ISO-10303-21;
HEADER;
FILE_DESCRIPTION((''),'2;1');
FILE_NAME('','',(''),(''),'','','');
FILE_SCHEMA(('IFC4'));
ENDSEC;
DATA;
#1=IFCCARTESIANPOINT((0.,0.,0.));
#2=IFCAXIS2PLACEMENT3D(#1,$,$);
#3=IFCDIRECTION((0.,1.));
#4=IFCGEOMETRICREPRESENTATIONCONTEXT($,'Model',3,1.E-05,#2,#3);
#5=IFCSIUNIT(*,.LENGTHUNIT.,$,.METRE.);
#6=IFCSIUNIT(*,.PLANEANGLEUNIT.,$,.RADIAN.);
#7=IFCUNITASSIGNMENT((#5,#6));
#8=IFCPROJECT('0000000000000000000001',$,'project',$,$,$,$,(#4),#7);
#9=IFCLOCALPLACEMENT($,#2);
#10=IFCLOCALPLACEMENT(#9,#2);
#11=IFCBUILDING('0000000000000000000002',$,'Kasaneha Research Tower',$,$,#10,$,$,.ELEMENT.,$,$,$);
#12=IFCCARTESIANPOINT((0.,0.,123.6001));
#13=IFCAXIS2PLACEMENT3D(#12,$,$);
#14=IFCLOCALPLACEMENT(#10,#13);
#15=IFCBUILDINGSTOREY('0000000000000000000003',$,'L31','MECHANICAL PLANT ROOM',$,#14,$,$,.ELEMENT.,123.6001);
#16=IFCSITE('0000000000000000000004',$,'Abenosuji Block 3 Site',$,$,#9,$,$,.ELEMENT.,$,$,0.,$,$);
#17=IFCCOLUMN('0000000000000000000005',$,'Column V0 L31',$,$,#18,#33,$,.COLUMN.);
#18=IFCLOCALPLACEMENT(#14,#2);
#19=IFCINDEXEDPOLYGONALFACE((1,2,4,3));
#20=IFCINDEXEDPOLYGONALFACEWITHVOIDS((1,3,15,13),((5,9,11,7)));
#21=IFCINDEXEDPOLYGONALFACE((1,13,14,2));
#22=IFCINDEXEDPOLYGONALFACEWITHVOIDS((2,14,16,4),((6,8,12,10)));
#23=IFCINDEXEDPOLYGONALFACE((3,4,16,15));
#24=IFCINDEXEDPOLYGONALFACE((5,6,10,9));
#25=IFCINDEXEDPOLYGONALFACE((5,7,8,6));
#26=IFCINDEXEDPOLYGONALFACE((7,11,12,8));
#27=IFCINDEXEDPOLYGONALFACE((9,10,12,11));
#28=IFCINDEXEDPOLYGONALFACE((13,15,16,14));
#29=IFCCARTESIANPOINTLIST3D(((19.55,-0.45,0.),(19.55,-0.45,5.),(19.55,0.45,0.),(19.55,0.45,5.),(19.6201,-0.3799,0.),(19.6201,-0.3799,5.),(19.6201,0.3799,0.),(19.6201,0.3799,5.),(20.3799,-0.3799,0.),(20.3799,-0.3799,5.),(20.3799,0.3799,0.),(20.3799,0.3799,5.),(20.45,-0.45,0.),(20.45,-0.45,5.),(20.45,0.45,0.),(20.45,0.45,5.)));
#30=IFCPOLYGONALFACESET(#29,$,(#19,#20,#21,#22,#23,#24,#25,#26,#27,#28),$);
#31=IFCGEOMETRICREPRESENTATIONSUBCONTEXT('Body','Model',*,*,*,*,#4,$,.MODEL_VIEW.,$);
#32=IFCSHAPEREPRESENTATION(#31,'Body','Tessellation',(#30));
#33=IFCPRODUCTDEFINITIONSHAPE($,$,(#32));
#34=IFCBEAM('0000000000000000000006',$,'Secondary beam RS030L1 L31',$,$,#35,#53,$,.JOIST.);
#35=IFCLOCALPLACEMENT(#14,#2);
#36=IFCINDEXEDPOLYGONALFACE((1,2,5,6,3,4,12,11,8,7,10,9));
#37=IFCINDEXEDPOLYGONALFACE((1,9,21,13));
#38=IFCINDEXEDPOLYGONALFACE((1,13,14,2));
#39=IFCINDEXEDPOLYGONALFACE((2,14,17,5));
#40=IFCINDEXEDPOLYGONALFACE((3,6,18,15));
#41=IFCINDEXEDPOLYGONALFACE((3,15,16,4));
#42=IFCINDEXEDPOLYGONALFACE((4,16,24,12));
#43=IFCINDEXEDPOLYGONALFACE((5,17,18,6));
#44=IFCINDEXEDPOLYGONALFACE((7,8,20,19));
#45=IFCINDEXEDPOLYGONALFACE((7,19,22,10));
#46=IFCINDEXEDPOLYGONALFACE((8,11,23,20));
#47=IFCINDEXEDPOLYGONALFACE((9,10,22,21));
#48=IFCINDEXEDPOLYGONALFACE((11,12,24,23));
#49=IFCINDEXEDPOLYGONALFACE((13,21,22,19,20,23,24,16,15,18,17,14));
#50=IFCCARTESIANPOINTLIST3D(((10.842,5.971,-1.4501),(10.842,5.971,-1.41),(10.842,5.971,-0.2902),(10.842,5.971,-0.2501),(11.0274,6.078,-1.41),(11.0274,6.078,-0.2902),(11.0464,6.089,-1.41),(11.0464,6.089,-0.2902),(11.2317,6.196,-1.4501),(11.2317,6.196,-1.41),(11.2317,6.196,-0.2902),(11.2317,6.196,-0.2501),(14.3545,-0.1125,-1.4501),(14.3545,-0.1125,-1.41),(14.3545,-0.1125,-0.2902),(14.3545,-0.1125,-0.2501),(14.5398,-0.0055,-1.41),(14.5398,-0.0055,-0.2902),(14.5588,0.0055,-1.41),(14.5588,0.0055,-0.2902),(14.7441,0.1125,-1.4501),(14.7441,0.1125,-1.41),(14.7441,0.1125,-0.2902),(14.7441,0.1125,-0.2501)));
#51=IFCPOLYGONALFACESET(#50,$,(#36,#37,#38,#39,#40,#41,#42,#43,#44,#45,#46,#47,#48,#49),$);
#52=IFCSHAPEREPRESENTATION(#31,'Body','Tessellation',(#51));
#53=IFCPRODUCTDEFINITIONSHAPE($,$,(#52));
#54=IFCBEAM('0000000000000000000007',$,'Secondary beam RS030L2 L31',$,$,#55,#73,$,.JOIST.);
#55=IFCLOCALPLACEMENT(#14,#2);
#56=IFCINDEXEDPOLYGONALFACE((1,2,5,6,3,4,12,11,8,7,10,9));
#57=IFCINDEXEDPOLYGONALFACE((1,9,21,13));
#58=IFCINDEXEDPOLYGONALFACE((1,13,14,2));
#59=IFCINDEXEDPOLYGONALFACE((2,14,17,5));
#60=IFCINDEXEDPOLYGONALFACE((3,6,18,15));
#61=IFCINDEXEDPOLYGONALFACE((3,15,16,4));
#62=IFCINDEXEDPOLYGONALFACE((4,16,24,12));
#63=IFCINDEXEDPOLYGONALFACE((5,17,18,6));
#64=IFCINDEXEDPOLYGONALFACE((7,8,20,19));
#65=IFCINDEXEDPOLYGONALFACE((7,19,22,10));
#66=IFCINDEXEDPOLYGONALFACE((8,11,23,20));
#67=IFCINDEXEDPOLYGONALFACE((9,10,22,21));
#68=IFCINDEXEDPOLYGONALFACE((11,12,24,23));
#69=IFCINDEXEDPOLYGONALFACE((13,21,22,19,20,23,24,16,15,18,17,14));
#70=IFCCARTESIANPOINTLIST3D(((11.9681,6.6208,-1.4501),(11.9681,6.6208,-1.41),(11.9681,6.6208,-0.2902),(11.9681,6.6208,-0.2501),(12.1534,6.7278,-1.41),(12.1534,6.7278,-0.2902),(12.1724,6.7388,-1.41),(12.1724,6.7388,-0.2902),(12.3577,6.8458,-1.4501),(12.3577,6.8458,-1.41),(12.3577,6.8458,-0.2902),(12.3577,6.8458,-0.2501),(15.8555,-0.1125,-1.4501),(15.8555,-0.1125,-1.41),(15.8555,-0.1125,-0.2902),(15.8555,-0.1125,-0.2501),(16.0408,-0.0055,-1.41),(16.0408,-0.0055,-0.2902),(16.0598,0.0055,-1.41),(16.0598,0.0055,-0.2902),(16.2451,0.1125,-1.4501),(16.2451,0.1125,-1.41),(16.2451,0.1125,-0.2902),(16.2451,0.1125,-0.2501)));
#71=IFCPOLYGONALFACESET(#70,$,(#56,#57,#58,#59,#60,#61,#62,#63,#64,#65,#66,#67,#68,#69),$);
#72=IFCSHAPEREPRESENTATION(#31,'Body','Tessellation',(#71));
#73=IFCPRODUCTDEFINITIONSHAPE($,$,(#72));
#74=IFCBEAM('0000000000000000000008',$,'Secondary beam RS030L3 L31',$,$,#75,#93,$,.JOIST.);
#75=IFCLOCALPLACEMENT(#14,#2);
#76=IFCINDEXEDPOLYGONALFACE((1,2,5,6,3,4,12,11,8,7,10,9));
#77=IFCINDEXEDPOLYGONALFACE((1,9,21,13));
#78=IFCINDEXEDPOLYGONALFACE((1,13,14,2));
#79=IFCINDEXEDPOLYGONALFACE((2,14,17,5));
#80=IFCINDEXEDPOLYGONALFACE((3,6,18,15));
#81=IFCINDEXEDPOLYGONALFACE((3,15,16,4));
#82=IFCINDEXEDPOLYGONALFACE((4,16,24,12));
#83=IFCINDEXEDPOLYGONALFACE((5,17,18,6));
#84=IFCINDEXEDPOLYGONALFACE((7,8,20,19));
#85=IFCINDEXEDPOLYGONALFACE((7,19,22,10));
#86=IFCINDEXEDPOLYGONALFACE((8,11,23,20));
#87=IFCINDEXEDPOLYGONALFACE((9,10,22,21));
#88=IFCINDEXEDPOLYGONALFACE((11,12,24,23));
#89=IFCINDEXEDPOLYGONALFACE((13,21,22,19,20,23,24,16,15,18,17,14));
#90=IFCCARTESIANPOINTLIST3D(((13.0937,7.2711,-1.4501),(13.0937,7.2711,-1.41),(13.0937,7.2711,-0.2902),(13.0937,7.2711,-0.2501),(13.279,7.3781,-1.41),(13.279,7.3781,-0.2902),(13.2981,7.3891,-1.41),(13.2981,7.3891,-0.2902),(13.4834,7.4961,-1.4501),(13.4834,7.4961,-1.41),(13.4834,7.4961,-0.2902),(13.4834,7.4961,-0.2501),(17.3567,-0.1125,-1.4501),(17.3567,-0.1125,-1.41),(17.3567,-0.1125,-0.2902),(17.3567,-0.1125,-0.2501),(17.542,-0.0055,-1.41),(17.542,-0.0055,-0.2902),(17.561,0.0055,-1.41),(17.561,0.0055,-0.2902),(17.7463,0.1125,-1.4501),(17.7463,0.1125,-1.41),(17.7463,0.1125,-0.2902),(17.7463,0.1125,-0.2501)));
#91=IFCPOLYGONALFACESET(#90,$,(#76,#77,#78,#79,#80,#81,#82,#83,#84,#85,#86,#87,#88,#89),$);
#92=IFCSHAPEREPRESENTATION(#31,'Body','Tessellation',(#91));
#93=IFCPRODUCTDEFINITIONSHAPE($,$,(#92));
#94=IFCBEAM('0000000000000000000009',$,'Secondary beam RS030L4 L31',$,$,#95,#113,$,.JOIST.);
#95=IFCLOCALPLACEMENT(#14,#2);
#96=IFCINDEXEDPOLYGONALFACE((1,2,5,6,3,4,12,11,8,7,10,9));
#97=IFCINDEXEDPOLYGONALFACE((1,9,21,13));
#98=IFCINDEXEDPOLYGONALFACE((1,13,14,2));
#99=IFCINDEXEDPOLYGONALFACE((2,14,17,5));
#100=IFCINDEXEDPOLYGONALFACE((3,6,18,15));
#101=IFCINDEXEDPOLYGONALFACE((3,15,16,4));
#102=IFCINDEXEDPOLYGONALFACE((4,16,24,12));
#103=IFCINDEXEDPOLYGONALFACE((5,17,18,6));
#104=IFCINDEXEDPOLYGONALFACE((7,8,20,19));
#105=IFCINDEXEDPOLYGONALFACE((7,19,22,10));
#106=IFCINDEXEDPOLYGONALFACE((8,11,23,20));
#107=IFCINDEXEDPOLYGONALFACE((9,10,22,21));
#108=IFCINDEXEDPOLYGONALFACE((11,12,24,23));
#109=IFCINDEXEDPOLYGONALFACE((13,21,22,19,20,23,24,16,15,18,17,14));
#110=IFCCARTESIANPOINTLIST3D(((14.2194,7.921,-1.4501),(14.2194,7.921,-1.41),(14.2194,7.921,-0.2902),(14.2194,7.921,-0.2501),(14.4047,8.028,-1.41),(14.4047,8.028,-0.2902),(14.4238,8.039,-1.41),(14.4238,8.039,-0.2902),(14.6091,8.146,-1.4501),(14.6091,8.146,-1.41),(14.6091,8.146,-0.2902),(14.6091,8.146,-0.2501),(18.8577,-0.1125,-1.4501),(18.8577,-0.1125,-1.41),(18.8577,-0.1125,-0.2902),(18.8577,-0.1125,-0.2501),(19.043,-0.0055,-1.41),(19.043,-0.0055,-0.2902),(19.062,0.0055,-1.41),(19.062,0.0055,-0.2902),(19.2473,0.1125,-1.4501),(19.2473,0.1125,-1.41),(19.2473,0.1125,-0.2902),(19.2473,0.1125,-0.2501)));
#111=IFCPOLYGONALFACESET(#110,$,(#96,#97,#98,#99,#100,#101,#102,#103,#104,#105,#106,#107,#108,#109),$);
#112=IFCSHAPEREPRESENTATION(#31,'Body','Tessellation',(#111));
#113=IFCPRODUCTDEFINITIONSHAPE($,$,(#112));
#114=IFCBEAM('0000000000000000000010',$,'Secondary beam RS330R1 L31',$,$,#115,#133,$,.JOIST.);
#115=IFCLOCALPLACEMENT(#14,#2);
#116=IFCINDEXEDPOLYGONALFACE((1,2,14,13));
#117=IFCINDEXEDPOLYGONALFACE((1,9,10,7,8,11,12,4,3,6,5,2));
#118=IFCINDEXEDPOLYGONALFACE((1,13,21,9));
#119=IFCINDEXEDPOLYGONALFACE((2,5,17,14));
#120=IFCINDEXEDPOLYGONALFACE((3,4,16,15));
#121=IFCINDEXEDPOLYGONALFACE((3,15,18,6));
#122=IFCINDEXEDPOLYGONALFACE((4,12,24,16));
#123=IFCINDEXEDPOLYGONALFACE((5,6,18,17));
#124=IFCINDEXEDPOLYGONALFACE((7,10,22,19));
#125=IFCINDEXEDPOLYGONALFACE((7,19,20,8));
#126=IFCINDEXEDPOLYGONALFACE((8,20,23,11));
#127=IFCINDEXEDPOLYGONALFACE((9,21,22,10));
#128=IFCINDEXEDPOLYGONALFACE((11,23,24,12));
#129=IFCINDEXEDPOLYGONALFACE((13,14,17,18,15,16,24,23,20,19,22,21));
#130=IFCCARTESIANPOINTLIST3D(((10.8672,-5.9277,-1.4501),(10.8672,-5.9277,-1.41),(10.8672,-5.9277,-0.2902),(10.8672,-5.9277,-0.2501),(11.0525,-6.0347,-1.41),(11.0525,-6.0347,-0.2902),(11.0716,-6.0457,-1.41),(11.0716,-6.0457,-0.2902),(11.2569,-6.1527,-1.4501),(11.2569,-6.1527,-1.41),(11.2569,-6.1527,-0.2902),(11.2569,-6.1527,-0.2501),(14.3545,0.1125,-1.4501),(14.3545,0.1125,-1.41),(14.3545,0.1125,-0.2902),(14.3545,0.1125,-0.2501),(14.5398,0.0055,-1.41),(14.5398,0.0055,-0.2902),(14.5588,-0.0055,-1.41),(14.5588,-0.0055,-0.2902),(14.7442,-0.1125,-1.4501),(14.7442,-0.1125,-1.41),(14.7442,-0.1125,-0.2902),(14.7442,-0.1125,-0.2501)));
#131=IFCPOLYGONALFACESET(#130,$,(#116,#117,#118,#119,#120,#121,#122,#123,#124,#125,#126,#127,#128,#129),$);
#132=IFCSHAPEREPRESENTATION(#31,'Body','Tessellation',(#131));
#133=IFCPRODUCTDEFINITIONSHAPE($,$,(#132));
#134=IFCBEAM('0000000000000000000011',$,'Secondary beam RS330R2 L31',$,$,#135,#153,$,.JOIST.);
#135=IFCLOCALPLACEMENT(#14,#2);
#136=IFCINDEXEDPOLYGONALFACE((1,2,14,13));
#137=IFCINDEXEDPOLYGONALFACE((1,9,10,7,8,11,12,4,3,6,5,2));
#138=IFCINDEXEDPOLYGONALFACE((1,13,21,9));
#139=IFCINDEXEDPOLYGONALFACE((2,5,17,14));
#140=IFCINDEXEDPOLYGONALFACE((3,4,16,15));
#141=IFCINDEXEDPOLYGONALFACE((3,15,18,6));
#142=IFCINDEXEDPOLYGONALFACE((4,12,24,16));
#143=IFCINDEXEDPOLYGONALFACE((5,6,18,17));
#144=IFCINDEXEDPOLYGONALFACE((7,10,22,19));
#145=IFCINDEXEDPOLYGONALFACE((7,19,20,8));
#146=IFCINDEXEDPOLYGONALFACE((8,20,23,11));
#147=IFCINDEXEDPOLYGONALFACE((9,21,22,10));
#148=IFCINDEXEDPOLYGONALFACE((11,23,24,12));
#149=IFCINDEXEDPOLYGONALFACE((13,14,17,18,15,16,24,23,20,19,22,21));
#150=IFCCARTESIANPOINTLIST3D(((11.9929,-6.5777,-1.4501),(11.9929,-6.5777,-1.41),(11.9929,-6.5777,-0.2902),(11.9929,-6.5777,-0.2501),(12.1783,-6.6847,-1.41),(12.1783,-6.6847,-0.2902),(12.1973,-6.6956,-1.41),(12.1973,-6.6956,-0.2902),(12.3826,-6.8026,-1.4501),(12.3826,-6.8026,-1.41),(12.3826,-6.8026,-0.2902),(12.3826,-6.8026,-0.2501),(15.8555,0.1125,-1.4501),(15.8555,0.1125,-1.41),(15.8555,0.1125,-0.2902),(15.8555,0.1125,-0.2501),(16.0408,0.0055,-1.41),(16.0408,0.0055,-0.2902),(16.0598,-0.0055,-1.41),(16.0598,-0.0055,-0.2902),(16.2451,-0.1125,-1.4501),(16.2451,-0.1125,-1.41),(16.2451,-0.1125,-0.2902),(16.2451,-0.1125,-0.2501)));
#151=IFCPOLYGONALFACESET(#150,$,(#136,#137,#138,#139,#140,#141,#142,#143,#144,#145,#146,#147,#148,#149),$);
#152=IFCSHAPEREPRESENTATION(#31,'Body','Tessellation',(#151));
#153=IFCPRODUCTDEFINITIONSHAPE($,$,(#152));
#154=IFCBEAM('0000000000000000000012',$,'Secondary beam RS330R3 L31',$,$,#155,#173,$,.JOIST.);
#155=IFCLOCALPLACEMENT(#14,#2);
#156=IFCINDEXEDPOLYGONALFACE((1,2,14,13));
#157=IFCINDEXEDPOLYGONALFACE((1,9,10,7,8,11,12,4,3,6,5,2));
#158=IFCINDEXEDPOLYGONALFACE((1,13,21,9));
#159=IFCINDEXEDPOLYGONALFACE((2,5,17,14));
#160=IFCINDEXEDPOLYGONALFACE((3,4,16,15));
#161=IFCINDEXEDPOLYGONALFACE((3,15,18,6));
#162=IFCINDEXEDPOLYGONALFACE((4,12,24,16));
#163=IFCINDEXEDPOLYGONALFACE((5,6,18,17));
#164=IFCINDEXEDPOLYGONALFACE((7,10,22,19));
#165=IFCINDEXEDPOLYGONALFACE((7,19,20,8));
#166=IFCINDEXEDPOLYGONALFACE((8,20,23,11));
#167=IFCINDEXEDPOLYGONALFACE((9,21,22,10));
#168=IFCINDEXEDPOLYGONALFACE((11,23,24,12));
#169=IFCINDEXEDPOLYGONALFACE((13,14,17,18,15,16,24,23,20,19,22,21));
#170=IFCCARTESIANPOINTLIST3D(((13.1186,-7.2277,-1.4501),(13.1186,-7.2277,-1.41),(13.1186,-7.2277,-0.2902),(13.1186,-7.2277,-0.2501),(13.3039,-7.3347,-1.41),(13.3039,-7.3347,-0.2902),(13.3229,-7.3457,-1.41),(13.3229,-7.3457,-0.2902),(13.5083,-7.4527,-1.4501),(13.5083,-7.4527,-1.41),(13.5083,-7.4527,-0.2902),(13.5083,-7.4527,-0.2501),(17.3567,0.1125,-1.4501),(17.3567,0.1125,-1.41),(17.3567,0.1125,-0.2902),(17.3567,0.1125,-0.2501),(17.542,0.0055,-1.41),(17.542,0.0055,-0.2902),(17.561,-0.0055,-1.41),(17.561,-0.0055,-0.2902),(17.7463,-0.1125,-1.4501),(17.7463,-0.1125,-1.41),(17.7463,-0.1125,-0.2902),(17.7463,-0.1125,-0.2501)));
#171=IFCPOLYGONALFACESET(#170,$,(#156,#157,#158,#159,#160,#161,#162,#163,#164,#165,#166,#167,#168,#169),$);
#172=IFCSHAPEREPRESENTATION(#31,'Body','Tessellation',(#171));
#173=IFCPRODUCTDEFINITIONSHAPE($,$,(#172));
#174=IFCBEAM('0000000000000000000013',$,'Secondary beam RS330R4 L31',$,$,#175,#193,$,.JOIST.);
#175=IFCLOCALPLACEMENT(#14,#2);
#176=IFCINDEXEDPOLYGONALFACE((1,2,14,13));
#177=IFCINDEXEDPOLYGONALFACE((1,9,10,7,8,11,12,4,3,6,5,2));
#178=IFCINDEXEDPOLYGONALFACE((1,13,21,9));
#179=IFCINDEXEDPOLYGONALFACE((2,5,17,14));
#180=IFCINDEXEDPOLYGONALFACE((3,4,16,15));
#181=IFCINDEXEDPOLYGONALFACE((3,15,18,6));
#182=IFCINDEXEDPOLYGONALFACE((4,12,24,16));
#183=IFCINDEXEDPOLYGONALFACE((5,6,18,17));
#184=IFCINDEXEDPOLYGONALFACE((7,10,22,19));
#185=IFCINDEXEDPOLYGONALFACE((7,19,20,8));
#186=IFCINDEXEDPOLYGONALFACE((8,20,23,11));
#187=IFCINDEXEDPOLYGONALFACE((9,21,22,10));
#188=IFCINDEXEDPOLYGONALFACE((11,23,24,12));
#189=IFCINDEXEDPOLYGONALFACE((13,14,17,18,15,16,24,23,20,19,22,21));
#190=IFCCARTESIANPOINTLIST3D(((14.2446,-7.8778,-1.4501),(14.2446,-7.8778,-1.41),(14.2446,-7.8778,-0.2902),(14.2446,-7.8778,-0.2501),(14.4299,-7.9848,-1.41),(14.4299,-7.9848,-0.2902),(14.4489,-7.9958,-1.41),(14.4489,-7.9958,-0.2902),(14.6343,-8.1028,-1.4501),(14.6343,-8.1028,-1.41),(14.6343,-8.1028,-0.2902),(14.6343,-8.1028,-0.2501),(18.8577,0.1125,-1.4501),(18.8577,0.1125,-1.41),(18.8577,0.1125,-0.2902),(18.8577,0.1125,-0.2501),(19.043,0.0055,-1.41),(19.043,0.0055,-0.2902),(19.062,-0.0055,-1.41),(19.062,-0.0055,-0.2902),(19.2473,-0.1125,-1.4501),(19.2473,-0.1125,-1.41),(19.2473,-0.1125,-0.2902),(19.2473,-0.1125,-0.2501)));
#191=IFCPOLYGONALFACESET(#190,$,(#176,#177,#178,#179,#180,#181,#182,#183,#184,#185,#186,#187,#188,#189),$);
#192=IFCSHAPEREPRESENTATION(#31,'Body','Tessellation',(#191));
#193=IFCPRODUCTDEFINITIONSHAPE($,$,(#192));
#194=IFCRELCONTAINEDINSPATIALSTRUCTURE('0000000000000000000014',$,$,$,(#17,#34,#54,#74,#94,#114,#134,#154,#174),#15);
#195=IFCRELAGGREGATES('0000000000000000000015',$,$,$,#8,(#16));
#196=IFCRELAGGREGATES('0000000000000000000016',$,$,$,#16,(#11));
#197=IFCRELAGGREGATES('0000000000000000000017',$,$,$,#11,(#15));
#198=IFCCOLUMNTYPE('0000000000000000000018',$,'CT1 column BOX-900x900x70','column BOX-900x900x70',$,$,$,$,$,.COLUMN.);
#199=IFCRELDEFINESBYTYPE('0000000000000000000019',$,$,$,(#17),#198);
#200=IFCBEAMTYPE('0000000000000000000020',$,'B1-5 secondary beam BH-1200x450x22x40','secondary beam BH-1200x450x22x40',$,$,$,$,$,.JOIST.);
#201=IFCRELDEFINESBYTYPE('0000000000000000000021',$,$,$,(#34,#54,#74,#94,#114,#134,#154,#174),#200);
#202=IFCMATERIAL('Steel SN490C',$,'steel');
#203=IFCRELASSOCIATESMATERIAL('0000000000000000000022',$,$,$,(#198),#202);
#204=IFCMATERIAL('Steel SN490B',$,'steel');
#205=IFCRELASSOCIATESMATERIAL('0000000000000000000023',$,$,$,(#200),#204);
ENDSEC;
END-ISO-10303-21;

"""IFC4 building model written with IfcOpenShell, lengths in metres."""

from ifc_helpers import new_model, si_unit, direction, frame, origin, origin_2d, place, context, subcontext, project, spatial, hollow_rectangle, i_section, extrude, material, material_profile, profile_set, type_object, element, save


model = new_model("IFC4")

# Units and contexts
model_context = context("Model", 3, precision=1e-05, world=origin(), true_north=direction((0.0, 1.0)))
body_context = subcontext(model_context, "Body", "Model", "MODEL_VIEW")
ifc_project = project(units=[si_unit("LENGTHUNIT", "METRE"), si_unit("PLANEANGLEUNIT", "RADIAN")], contexts=[model_context])

# Site, building, storey
site_placement = place(None, origin())
site = spatial("IfcSite", under=ifc_project, at=site_placement, Name="Abenosuji Block 3 Site", CompositionType="ELEMENT", RefElevation=0.0)
building_placement = place(site_placement, origin())
building = spatial("IfcBuilding", under=site, at=building_placement, Name="Kasaneha Research Tower", CompositionType="ELEMENT")
storey_placement = place(building_placement, frame((0.0, 0.0, 123.6001)))
storey = spatial("IfcBuildingStorey", under=building, at=storey_placement, Name="L31", Description="MECHANICAL PLANT ROOM", CompositionType="ELEMENT", Elevation=123.6001)

# Column
ifc_material_1 = material(Name="Steel SN490C", Category="steel")
ifc_material_profile_1 = material_profile(ifc_material_1, hollow_rectangle(XDim=0.8999, YDim=0.8999, WallThickness=0.0701, at=origin_2d()), Name="BOX-900x900x70")
ifc_profile_set_1 = profile_set([ifc_material_profile_1], Name="Steel SN490C")
column_type = type_object("IfcColumnType", Name="CT1 column BOX-900x900x70", Description="column BOX-900x900x70", PredefinedType="COLUMN", material=ifc_profile_set_1)
column_placement = place(storey_placement, frame((20.0, 0.0, 0.0), z_axis=(0.0, 0.0, 1.0), x_axis=(1.0, 0.0, 0.0)))
element("IfcColumn", 1, at=column_placement, inside=storey, type_object=column_type, Name="Column V0 L31", PredefinedType="COLUMN", context=body_context, shape_type="SweptSolid", body=[
    extrude(hollow_rectangle(XDim=0.8999, YDim=0.8999, WallThickness=0.0701, at=origin_2d()), origin(), (0.0, 0.0, 1.0), 5.0),
])

# Beams
ifc_material_2 = material(Name="Steel SN490B", Category="steel")
ifc_material_profile_2 = material_profile(ifc_material_2, i_section(OverallWidth=0.45, OverallDepth=1.2, WebThickness=0.022, FlangeThickness=0.04, at=origin_2d()), Name="BH-1200x450x22x40")
ifc_profile_set_2 = profile_set([ifc_material_profile_2], Name="Steel SN490B")
beam_type_1 = type_object("IfcBeamType", Name="B1-5 secondary beam BH-1200x450x22x40", Description="secondary beam BH-1200x450x22x40", PredefinedType="JOIST", material=ifc_profile_set_2)
beam_1_placement = place(storey_placement, frame((14.5493, 0.0, -0.8501), z_axis=(-0.500015, 0.866017, 0.0), x_axis=(-0.866017, -0.500015, 0.0)))
element("IfcBeam", 2, at=beam_1_placement, inside=storey, type_object=beam_type_1, Name="Secondary beam RS030L1 L31", PredefinedType="JOIST", context=body_context, shape_type="SweptSolid", body=[
    extrude(i_section(OverallWidth=0.45, OverallDepth=1.2, WebThickness=0.022, FlangeThickness=0.04, at=origin_2d()), origin(), (0.0, 0.0, 1.0), 7.0247),
])
beam_2_placement = place(storey_placement, frame((16.0503, 0.0, -0.8501), z_axis=(-0.499992, 0.86603, 0.0), x_axis=(-0.86603, -0.499992, 0.0)))
element("IfcBeam", 3, at=beam_2_placement, inside=storey, type_object=beam_type_1, Name="Secondary beam RS030L2 L31", PredefinedType="JOIST", context=body_context, shape_type="SweptSolid", body=[
    extrude(i_section(OverallWidth=0.45, OverallDepth=1.2, WebThickness=0.022, FlangeThickness=0.04, at=origin_2d()), origin(), (0.0, 0.0, 1.0), 7.7749),
])
beam_3_placement = place(storey_placement, frame((17.5515, 0.0, -0.8501), z_axis=(-0.500004, 0.866023, 0.0), x_axis=(-0.866023, -0.500004, 0.0)))
element("IfcBeam", 4, at=beam_3_placement, inside=storey, type_object=beam_type_1, Name="Secondary beam RS030L3 L31", PredefinedType="JOIST", context=body_context, shape_type="SweptSolid", body=[
    extrude(i_section(OverallWidth=0.45, OverallDepth=1.2, WebThickness=0.022, FlangeThickness=0.04, at=origin_2d()), origin(), (0.0, 0.0, 1.0), 8.5259),
])
beam_4_placement = place(storey_placement, frame((19.0525, 0.0, -0.8501), z_axis=(-0.500006, 0.866022, 0.0), x_axis=(-0.866022, -0.500006, 0.0)))
element("IfcBeam", 5, at=beam_4_placement, inside=storey, type_object=beam_type_1, Name="Secondary beam RS030L4 L31", PredefinedType="JOIST", context=body_context, shape_type="SweptSolid", body=[
    extrude(i_section(OverallWidth=0.45, OverallDepth=1.2, WebThickness=0.022, FlangeThickness=0.04, at=origin_2d()), origin(), (0.0, 0.0, 1.0), 9.2764),
])
beam_5_placement = place(storey_placement, frame((14.5493, 0.0, -0.8501), z_axis=(-0.499994, -0.866029, 0.0), x_axis=(0.866029, -0.499994, 0.0)))
element("IfcBeam", 6, at=beam_5_placement, inside=storey, type_object=beam_type_1, Name="Secondary beam RS330R1 L31", PredefinedType="JOIST", context=body_context, shape_type="SweptSolid", body=[
    extrude(i_section(OverallWidth=0.45, OverallDepth=1.2, WebThickness=0.022, FlangeThickness=0.04, at=origin_2d()), origin(), (0.0, 0.0, 1.0), 6.9746),
])
beam_6_placement = place(storey_placement, frame((16.0503, 0.0, -0.8501), z_axis=(-0.499997, -0.866027, 0.0), x_axis=(0.866027, -0.499997, 0.0)))
element("IfcBeam", 7, at=beam_6_placement, inside=storey, type_object=beam_type_1, Name="Secondary beam RS330R2 L31", PredefinedType="JOIST", context=body_context, shape_type="SweptSolid", body=[
    extrude(i_section(OverallWidth=0.45, OverallDepth=1.2, WebThickness=0.022, FlangeThickness=0.04, at=origin_2d()), origin(), (0.0, 0.0, 1.0), 7.7251),
])
beam_7_placement = place(storey_placement, frame((17.5515, 0.0, -0.8501), z_axis=(-0.500021, -0.866013, 0.0), x_axis=(0.866013, -0.500021, 0.0)))
element("IfcBeam", 8, at=beam_7_placement, inside=storey, type_object=beam_type_1, Name="Secondary beam RS330R3 L31", PredefinedType="JOIST", context=body_context, shape_type="SweptSolid", body=[
    extrude(i_section(OverallWidth=0.45, OverallDepth=1.2, WebThickness=0.022, FlangeThickness=0.04, at=origin_2d()), origin(), (0.0, 0.0, 1.0), 8.4758),
])
beam_8_placement = place(storey_placement, frame((19.0525, 0.0, -0.8501), z_axis=(-0.49999, -0.866031, 0.0), x_axis=(0.866031, -0.49999, 0.0)))
element("IfcBeam", 9, at=beam_8_placement, inside=storey, type_object=beam_type_1, Name="Secondary beam RS330R4 L31", PredefinedType="JOIST", context=body_context, shape_type="SweptSolid", body=[
    extrude(i_section(OverallWidth=0.45, OverallDepth=1.2, WebThickness=0.022, FlangeThickness=0.04, at=origin_2d()), origin(), (0.0, 0.0, 1.0), 9.2263),
])

save(model, "model.ifc")
